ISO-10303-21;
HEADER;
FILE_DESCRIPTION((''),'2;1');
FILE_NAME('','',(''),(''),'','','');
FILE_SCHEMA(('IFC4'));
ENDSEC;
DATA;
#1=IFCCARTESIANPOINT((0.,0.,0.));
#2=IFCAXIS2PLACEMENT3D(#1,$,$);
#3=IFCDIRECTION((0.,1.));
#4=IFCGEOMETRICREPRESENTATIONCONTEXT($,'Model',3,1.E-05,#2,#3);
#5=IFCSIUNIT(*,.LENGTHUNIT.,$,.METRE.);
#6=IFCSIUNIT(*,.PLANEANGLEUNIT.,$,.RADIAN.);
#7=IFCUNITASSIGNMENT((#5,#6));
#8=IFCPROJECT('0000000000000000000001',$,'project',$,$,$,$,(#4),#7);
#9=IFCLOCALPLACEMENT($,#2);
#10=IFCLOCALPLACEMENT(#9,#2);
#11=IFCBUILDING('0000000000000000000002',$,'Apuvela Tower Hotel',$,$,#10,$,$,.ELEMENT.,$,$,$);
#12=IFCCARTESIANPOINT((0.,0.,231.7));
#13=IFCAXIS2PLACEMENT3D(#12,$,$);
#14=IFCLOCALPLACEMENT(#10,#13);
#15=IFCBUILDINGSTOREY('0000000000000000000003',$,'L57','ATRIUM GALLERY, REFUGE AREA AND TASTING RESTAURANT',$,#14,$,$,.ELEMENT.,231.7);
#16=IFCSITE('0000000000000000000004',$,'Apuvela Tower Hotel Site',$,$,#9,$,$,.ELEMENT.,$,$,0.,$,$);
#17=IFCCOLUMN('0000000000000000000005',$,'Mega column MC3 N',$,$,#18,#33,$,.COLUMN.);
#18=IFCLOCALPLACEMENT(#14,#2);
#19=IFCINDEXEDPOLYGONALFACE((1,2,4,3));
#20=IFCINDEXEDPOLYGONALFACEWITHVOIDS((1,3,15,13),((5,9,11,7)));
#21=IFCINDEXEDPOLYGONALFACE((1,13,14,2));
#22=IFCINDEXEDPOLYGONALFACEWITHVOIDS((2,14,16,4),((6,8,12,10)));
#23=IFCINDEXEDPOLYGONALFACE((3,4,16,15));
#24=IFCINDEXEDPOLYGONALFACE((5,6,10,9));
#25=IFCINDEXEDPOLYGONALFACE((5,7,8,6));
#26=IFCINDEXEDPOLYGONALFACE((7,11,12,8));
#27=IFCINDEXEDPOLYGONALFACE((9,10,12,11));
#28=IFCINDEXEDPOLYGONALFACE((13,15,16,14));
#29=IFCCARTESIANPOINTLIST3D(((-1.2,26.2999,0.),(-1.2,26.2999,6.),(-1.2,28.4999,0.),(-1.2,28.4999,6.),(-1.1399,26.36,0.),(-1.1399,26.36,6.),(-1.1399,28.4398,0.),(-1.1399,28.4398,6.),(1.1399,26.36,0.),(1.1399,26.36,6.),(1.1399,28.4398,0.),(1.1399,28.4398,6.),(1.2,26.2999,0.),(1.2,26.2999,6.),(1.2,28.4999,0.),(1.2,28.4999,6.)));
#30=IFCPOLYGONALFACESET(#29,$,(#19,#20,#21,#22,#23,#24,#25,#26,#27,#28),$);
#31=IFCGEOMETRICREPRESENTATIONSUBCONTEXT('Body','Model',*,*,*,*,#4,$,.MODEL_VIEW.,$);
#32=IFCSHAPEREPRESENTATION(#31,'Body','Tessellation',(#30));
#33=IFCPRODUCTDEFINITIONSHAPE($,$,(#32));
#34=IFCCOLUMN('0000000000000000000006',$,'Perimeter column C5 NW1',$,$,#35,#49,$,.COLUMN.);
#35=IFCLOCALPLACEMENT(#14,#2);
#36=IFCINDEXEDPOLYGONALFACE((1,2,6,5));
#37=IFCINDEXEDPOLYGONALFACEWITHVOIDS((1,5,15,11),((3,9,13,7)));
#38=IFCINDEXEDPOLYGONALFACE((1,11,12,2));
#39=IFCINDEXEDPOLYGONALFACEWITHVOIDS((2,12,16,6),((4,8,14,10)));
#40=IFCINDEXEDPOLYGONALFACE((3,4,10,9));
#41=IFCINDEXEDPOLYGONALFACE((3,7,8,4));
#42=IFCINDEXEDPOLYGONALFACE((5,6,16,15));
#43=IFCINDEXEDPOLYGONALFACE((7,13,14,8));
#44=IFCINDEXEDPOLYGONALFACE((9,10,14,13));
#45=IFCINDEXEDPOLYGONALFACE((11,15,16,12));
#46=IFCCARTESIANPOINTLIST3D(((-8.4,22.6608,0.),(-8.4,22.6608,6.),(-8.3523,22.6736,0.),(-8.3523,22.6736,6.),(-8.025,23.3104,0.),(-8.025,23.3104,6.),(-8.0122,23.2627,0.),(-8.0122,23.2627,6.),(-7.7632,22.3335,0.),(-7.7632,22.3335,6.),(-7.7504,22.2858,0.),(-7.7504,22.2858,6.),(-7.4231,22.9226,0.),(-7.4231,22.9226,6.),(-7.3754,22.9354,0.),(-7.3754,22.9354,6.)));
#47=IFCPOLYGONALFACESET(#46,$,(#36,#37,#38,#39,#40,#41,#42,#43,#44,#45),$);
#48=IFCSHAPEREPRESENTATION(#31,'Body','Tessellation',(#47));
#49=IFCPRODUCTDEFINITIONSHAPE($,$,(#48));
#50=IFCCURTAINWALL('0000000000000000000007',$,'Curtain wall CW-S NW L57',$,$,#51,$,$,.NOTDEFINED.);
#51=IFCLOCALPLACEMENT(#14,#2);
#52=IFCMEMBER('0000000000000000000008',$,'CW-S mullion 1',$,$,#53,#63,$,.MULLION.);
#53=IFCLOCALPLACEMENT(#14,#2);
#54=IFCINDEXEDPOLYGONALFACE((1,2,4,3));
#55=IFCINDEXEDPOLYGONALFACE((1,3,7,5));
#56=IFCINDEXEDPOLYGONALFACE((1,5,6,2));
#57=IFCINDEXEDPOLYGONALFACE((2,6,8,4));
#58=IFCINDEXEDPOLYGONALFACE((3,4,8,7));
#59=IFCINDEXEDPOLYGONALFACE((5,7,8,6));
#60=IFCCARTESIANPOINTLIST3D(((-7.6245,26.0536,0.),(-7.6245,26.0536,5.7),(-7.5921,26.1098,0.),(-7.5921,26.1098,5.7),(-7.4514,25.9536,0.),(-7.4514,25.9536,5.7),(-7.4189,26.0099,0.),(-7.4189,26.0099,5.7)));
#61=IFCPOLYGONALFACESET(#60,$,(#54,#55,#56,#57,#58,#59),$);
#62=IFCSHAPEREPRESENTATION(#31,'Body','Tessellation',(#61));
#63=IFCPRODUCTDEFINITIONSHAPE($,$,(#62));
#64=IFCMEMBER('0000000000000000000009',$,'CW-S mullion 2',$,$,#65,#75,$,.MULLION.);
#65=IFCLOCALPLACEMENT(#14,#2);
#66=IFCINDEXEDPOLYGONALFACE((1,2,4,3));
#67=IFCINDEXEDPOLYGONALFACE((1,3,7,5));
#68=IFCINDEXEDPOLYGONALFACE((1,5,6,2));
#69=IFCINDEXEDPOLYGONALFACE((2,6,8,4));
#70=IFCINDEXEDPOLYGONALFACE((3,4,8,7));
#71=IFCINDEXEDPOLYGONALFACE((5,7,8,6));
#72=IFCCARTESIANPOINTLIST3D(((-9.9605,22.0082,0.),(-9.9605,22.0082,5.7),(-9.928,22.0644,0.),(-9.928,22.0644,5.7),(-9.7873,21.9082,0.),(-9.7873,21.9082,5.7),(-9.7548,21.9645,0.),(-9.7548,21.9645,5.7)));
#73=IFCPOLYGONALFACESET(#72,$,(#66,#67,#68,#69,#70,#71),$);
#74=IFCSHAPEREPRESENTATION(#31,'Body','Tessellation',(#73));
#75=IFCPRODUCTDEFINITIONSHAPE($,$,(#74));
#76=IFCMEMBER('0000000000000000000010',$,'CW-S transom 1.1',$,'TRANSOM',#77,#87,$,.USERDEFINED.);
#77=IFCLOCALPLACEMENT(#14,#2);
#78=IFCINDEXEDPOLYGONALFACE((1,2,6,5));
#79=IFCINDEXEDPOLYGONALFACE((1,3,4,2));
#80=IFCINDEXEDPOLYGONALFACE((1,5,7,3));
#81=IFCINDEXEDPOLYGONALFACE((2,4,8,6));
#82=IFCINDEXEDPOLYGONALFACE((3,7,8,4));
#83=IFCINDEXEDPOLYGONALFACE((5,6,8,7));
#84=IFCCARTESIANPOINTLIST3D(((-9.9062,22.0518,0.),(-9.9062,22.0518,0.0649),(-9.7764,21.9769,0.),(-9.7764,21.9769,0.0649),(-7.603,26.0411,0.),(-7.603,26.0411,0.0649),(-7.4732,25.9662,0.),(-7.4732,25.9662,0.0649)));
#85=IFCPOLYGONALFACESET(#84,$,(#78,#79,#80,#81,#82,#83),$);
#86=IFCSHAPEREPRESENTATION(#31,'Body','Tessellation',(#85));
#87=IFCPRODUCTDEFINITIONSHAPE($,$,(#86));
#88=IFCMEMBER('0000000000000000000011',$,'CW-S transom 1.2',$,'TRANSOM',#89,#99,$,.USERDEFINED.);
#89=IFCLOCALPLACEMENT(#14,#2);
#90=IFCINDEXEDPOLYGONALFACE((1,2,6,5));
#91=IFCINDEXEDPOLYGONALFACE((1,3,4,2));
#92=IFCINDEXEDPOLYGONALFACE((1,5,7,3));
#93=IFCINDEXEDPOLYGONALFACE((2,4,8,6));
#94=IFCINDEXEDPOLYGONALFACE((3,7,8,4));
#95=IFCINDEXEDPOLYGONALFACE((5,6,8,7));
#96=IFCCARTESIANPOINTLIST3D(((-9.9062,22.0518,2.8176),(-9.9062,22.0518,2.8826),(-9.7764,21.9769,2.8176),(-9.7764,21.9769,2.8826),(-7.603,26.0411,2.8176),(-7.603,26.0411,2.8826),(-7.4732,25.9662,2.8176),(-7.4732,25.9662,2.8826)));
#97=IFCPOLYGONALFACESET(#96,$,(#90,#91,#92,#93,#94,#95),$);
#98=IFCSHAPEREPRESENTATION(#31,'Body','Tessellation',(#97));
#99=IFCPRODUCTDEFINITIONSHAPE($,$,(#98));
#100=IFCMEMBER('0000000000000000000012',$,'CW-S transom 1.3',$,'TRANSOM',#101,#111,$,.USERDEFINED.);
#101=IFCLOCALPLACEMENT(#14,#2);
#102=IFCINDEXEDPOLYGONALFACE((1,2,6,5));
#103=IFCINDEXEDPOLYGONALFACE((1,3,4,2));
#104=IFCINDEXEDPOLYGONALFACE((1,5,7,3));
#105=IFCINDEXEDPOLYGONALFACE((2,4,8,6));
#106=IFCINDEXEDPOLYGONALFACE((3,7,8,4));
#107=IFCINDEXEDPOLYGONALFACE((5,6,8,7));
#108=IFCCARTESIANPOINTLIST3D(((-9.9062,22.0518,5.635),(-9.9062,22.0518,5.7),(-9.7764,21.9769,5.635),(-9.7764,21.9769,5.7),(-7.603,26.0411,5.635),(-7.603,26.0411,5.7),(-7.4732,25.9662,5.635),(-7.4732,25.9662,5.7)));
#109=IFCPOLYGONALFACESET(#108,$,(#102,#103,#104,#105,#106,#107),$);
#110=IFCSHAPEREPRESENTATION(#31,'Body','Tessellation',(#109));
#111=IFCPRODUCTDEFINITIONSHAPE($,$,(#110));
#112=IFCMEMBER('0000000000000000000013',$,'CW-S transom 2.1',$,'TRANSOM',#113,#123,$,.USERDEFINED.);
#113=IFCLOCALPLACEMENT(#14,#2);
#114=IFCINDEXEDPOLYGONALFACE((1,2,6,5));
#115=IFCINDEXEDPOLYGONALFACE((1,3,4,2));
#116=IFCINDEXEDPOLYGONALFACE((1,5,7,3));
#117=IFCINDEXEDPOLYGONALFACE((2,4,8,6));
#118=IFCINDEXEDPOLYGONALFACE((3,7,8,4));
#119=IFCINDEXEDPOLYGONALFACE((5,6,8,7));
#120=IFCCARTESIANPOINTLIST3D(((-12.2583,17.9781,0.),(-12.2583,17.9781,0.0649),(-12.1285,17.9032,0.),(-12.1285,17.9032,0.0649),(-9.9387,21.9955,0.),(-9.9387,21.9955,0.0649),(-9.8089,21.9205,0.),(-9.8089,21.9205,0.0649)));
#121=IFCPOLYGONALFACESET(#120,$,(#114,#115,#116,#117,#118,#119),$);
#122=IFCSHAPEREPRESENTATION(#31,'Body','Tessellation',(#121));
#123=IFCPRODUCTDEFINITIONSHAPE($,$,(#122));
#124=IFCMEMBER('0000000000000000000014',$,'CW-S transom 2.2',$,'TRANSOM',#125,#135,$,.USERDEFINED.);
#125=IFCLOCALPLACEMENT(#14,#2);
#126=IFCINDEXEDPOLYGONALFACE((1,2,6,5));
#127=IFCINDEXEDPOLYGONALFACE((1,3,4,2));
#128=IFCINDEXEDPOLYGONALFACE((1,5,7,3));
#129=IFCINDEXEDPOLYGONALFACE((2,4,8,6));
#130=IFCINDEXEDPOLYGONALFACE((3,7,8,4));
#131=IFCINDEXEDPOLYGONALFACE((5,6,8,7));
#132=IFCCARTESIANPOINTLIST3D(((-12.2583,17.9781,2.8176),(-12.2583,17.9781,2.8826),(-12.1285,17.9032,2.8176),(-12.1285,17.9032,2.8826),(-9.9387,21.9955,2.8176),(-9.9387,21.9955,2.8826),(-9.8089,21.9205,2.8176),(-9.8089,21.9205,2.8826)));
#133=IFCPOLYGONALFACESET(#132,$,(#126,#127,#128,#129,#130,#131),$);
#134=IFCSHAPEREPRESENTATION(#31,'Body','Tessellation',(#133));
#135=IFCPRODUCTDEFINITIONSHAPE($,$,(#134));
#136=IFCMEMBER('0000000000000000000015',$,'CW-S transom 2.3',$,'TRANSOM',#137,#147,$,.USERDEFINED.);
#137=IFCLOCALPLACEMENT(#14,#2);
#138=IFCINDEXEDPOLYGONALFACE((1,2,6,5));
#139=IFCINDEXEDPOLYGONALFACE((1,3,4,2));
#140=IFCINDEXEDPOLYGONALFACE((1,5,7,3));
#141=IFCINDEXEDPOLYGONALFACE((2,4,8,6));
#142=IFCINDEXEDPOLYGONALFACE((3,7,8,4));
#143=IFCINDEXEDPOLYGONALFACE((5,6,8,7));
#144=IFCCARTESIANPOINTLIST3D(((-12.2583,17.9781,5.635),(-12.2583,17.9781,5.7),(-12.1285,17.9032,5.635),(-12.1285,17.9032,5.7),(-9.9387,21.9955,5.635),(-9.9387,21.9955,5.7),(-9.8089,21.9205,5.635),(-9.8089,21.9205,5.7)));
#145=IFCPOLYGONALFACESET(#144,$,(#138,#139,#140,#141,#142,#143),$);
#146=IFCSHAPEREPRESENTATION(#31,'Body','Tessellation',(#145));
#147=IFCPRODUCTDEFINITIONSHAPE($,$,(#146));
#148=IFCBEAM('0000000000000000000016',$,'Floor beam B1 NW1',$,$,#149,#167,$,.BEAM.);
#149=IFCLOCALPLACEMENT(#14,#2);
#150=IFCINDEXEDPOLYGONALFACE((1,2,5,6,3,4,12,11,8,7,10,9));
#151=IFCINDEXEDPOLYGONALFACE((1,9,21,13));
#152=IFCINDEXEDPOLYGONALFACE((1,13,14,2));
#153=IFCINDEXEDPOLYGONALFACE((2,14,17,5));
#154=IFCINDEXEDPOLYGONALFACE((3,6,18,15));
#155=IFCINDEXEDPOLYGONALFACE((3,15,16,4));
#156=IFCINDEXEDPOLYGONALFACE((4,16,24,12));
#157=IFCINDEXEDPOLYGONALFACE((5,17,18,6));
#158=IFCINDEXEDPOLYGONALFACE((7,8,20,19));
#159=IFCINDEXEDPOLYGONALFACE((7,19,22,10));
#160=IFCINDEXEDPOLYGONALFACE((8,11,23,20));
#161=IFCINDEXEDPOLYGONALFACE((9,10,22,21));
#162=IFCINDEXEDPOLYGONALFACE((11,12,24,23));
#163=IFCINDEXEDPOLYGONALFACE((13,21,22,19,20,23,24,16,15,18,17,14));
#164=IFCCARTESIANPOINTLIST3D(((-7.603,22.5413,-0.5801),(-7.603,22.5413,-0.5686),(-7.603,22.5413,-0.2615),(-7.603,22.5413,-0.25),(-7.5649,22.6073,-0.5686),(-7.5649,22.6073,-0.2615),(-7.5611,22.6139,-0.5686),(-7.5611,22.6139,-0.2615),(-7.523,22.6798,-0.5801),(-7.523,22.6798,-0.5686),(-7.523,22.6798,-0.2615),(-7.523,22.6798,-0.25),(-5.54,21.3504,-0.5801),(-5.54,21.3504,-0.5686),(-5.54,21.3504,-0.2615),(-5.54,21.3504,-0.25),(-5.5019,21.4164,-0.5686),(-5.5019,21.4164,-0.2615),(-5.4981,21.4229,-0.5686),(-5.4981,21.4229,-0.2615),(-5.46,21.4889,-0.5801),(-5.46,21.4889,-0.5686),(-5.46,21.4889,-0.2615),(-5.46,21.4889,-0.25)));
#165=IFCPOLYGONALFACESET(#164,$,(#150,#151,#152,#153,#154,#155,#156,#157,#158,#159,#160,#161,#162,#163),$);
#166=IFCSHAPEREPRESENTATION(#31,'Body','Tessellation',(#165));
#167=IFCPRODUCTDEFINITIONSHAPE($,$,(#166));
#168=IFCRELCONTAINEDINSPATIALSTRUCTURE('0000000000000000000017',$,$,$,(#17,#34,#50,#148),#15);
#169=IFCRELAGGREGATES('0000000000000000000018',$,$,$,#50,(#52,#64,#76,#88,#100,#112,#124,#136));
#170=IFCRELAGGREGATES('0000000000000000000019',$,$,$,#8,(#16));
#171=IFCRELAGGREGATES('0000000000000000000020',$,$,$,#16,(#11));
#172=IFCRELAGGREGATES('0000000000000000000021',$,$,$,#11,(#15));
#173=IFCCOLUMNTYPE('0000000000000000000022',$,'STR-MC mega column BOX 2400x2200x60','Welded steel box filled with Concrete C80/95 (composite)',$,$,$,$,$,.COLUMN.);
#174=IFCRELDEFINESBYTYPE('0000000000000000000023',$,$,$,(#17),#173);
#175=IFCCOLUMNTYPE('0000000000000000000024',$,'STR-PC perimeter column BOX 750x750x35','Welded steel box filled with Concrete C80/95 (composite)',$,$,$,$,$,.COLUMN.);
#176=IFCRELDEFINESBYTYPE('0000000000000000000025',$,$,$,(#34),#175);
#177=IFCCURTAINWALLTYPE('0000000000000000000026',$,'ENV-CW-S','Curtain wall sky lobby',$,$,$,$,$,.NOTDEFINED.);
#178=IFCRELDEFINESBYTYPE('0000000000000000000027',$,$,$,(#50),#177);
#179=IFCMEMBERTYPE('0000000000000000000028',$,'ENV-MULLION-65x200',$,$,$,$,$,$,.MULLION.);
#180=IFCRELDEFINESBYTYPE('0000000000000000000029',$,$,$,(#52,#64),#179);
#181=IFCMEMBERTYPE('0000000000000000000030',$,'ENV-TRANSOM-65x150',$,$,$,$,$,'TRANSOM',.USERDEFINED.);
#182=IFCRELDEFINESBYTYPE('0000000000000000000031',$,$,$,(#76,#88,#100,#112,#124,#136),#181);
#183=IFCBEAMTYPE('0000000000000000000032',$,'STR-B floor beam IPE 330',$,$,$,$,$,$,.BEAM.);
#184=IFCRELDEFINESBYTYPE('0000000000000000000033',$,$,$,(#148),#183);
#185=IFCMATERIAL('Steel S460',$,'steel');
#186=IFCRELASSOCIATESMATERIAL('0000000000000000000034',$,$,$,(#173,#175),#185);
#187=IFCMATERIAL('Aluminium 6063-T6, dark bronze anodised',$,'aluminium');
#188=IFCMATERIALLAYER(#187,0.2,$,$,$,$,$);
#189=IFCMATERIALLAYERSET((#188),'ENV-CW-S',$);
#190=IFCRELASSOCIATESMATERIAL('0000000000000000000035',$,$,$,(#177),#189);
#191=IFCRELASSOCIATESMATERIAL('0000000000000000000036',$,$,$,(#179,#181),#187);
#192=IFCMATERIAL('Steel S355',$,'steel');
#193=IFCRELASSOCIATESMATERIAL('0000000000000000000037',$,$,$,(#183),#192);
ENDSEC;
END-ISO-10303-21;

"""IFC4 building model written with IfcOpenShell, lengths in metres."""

from ifc_helpers import new_model, si_unit, direction, frame, origin, origin_2d, place, context, subcontext, project, spatial, rectangle, hollow_rectangle, i_section, extrude, material, layer, layer_set, material_profile, profile_set, type_object, element, aggregate, save


model = new_model("IFC4")

# Units and contexts
model_context = context("Model", 3, precision=1e-05, world=origin(), true_north=direction((0.0, 1.0)))
body_context = subcontext(model_context, "Body", "Model", "MODEL_VIEW")
ifc_project = project(units=[si_unit("LENGTHUNIT", "METRE"), si_unit("PLANEANGLEUNIT", "RADIAN")], contexts=[model_context])

# Site, building, storey
site_placement = place(None, origin())
site = spatial("IfcSite", under=ifc_project, at=site_placement, Name="Apuvela Tower Hotel Site", CompositionType="ELEMENT", RefElevation=0.0)
building_placement = place(site_placement, origin())
building = spatial("IfcBuilding", under=site, at=building_placement, Name="Apuvela Tower Hotel", CompositionType="ELEMENT")
storey_placement = place(building_placement, frame((0.0, 0.0, 231.7)))
storey = spatial("IfcBuildingStorey", under=building, at=storey_placement, Name="L57", Description="ATRIUM GALLERY, REFUGE AREA AND TASTING RESTAURANT", CompositionType="ELEMENT", Elevation=231.7)

# Columns
ifc_material_1 = material(Name="Steel S460", Category="steel")
ifc_material_profile_1 = material_profile(ifc_material_1, hollow_rectangle(XDim=2.3999, YDim=2.2, WallThickness=0.0601, at=origin_2d()), Name="BOX 2400x2200x60")
ifc_material_2 = material(Name="Concrete C80/95", Category="concrete")
ifc_material_profile_2 = material_profile(ifc_material_2, rectangle(XDim=2.28, YDim=2.0801, at=origin_2d()), Name="Concrete C80/95 infill")
ifc_profile_set_1 = profile_set([ifc_material_profile_1, ifc_material_profile_2], Name="Steel S460")
column_type_1 = type_object("IfcColumnType", Name="STR-MC mega column BOX 2400x2200x60", Description="Welded steel box filled with Concrete C80/95 (composite)", PredefinedType="COLUMN", material=ifc_profile_set_1)
column_1_placement = place(storey_placement, frame((0.0, 27.3999, 0.0), z_axis=(0.0, 0.0, 1.0), x_axis=(1.0, 0.0, 0.0)))
element("IfcColumn", 1, at=column_1_placement, inside=storey, type_object=column_type_1, Name="Mega column MC3 N", PredefinedType="COLUMN", context=body_context, shape_type="SweptSolid", body=[
    extrude(hollow_rectangle(XDim=2.3999, YDim=2.2, WallThickness=0.0601, at=origin_2d()), origin(), (0.0, 0.0, 1.0), 6.0),
])
ifc_material_profile_3 = material_profile(ifc_material_1, hollow_rectangle(XDim=0.75, YDim=0.75, WallThickness=0.0349, at=origin_2d()), Name="BOX 750x750x35")
ifc_material_profile_4 = material_profile(ifc_material_2, rectangle(XDim=0.6799, YDim=0.6799, at=origin_2d()), Name="Concrete C80/95 infill")
ifc_profile_set_2 = profile_set([ifc_material_profile_3, ifc_material_profile_4], Name="Steel S460")
column_type_2 = type_object("IfcColumnType", Name="STR-PC perimeter column BOX 750x750x35", Description="Welded steel box filled with Concrete C80/95 (composite)", PredefinedType="COLUMN", material=ifc_profile_set_2)
column_2_placement = place(storey_placement, frame((-7.8877, 22.7981, 0.0), z_axis=(0.0, 0.0, 1.0), x_axis=(0.5, 0.866025, 0.0)))
element("IfcColumn", 2, at=column_2_placement, inside=storey, type_object=column_type_2, Name="Perimeter column C5 NW1", PredefinedType="COLUMN", context=body_context, shape_type="SweptSolid", body=[
    extrude(hollow_rectangle(XDim=0.75, YDim=0.75, WallThickness=0.0349, at=origin_2d()), origin(), (0.0, 0.0, 1.0), 6.0),
])

# Curtain wall, members
ifc_material_3 = material(Name="Aluminium 6063-T6, dark bronze anodised", Category="aluminium")
ifc_layer_1 = layer(ifc_material_3, 0.2)
ifc_layer_set_1 = layer_set([ifc_layer_1], Name="ENV-CW-S")
curtain_wall_type = type_object("IfcCurtainWallType", Name="ENV-CW-S", Description="Curtain wall sky lobby", PredefinedType="NOTDEFINED", material=ifc_layer_set_1)
curtain_wall_placement = place(storey_placement, origin())
curtain_wall = element("IfcCurtainWall", 3, at=curtain_wall_placement, inside=storey, type_object=curtain_wall_type, Name="Curtain wall CW-S NW L57", PredefinedType="NOTDEFINED")
ifc_material_profile_5 = material_profile(ifc_material_3, rectangle(XDim=0.2, YDim=0.0649, at=origin_2d()), Name="AL 65x200")
ifc_profile_set_3 = profile_set([ifc_material_profile_5], Name="Aluminium 6063-T6, dark bronze anodised")
member_type_1 = type_object("IfcMemberType", Name="ENV-MULLION-65x200", PredefinedType="MULLION", material=ifc_profile_set_3)
member_1_placement = place(storey_placement, frame((-7.5217, 26.0317, 0.0), z_axis=(0.0, 0.0, 1.0), x_axis=(0.866026, -0.499999, 0.0)))
member_1 = element("IfcMember", 4, at=member_1_placement, type_object=member_type_1, Name="CW-S mullion 1", PredefinedType="MULLION", context=body_context, shape_type="SweptSolid", body=[
    extrude(rectangle(XDim=0.2, YDim=0.0649, at=origin_2d()), origin(), (0.0, 0.0, 1.0), 5.7),
])
member_2_placement = place(storey_placement, frame((-9.8577, 21.9863, 0.0), z_axis=(0.0, 0.0, 1.0), x_axis=(0.866026, -0.499999, 0.0)))
member_2 = element("IfcMember", 5, at=member_2_placement, type_object=member_type_1, Name="CW-S mullion 2", PredefinedType="MULLION", context=body_context, shape_type="SweptSolid", body=[
    extrude(rectangle(XDim=0.2, YDim=0.0649, at=origin_2d()), origin(), (0.0, 0.0, 1.0), 5.7),
])
ifc_material_profile_6 = material_profile(ifc_material_3, rectangle(XDim=0.1499, YDim=0.0649, at=origin_2d()), Name="AL 65x150 transom")
ifc_profile_set_4 = profile_set([ifc_material_profile_6], Name="Aluminium 6063-T6, dark bronze anodised")
member_type_2 = type_object("IfcMemberType", Name="ENV-TRANSOM-65x150", ElementType="TRANSOM", PredefinedType="USERDEFINED", material=ifc_profile_set_4)
member_3_placement = place(storey_placement, frame((-7.5381, 26.0037, 0.0325), z_axis=(-0.500004, -0.866023, 0.0), x_axis=(0.866023, -0.500004, 0.0)))
member_3 = element("IfcMember", 6, at=member_3_placement, type_object=member_type_2, Name="CW-S transom 1.1", ObjectType="TRANSOM", PredefinedType="USERDEFINED", context=body_context, shape_type="SweptSolid", body=[
    extrude(rectangle(XDim=0.1499, YDim=0.0649, at=origin_2d()), origin(), (0.0, 0.0, 1.0), 4.6064),
])
member_4_placement = place(storey_placement, frame((-7.5381, 26.0037, 2.8501), z_axis=(-0.500004, -0.866023, 0.0), x_axis=(0.866023, -0.500004, 0.0)))
member_4 = element("IfcMember", 7, at=member_4_placement, type_object=member_type_2, Name="CW-S transom 1.2", ObjectType="TRANSOM", PredefinedType="USERDEFINED", context=body_context, shape_type="SweptSolid", body=[
    extrude(rectangle(XDim=0.1499, YDim=0.0649, at=origin_2d()), origin(), (0.0, 0.0, 1.0), 4.6064),
])
member_5_placement = place(storey_placement, frame((-7.5381, 26.0037, 5.6675), z_axis=(-0.500004, -0.866023, 0.0), x_axis=(0.866023, -0.500004, 0.0)))
member_5 = element("IfcMember", 8, at=member_5_placement, type_object=member_type_2, Name="CW-S transom 1.3", ObjectType="TRANSOM", PredefinedType="USERDEFINED", context=body_context, shape_type="SweptSolid", body=[
    extrude(rectangle(XDim=0.1499, YDim=0.0649, at=origin_2d()), origin(), (0.0, 0.0, 1.0), 4.6064),
])
member_6_placement = place(storey_placement, frame((-9.8738, 21.958, 0.0325), z_axis=(-0.500028, -0.866009, 0.0), x_axis=(0.866009, -0.500028, 0.0)))
member_6 = element("IfcMember", 9, at=member_6_placement, type_object=member_type_2, Name="CW-S transom 2.1", ObjectType="TRANSOM", PredefinedType="USERDEFINED", context=body_context, shape_type="SweptSolid", body=[
    extrude(rectangle(XDim=0.1499, YDim=0.0649, at=origin_2d()), origin(), (0.0, 0.0, 1.0), 4.6389),
])
member_7_placement = place(storey_placement, frame((-9.8738, 21.958, 2.8501), z_axis=(-0.500028, -0.866009, 0.0), x_axis=(0.866009, -0.500028, 0.0)))
member_7 = element("IfcMember", 10, at=member_7_placement, type_object=member_type_2, Name="CW-S transom 2.2", ObjectType="TRANSOM", PredefinedType="USERDEFINED", context=body_context, shape_type="SweptSolid", body=[
    extrude(rectangle(XDim=0.1499, YDim=0.0649, at=origin_2d()), origin(), (0.0, 0.0, 1.0), 4.6389),
])
member_8_placement = place(storey_placement, frame((-9.8738, 21.958, 5.6675), z_axis=(-0.500028, -0.866009, 0.0), x_axis=(0.866009, -0.500028, 0.0)))
member_8 = element("IfcMember", 11, at=member_8_placement, type_object=member_type_2, Name="CW-S transom 2.3", ObjectType="TRANSOM", PredefinedType="USERDEFINED", context=body_context, shape_type="SweptSolid", body=[
    extrude(rectangle(XDim=0.1499, YDim=0.0649, at=origin_2d()), origin(), (0.0, 0.0, 1.0), 4.6389),
])

# Beam
ifc_material_4 = material(Name="Steel S355", Category="steel")
ifc_material_profile_7 = material_profile(ifc_material_4, i_section(OverallWidth=0.1599, OverallDepth=0.3301, WebThickness=0.0076, FlangeThickness=0.0115, at=origin_2d()), Name="IPE 330")
ifc_profile_set_5 = profile_set([ifc_material_profile_7], Name="Steel S355")
beam_type_1 = type_object("IfcBeamType", Name="STR-B floor beam IPE 330", PredefinedType="BEAM", material=ifc_profile_set_5)
beam_1_placement = place(storey_placement, frame((-7.563, 22.6106, -0.415), z_axis=(0.866052, -0.499953, 0.0), x_axis=(0.499953, 0.866052, 0.0)))
element("IfcBeam", 12, at=beam_1_placement, inside=storey, type_object=beam_type_1, Name="Floor beam B1 NW1", PredefinedType="BEAM", context=body_context, shape_type="SweptSolid", body=[
    extrude(i_section(OverallWidth=0.1599, OverallDepth=0.3301, WebThickness=0.0076, FlangeThickness=0.0115, at=origin_2d()), origin(), (0.0, 0.0, 1.0), 2.3821),
])

aggregate(curtain_wall, [member_1, member_2, member_3, member_4, member_5, member_6, member_7, member_8])

save(model, "model.ifc")
